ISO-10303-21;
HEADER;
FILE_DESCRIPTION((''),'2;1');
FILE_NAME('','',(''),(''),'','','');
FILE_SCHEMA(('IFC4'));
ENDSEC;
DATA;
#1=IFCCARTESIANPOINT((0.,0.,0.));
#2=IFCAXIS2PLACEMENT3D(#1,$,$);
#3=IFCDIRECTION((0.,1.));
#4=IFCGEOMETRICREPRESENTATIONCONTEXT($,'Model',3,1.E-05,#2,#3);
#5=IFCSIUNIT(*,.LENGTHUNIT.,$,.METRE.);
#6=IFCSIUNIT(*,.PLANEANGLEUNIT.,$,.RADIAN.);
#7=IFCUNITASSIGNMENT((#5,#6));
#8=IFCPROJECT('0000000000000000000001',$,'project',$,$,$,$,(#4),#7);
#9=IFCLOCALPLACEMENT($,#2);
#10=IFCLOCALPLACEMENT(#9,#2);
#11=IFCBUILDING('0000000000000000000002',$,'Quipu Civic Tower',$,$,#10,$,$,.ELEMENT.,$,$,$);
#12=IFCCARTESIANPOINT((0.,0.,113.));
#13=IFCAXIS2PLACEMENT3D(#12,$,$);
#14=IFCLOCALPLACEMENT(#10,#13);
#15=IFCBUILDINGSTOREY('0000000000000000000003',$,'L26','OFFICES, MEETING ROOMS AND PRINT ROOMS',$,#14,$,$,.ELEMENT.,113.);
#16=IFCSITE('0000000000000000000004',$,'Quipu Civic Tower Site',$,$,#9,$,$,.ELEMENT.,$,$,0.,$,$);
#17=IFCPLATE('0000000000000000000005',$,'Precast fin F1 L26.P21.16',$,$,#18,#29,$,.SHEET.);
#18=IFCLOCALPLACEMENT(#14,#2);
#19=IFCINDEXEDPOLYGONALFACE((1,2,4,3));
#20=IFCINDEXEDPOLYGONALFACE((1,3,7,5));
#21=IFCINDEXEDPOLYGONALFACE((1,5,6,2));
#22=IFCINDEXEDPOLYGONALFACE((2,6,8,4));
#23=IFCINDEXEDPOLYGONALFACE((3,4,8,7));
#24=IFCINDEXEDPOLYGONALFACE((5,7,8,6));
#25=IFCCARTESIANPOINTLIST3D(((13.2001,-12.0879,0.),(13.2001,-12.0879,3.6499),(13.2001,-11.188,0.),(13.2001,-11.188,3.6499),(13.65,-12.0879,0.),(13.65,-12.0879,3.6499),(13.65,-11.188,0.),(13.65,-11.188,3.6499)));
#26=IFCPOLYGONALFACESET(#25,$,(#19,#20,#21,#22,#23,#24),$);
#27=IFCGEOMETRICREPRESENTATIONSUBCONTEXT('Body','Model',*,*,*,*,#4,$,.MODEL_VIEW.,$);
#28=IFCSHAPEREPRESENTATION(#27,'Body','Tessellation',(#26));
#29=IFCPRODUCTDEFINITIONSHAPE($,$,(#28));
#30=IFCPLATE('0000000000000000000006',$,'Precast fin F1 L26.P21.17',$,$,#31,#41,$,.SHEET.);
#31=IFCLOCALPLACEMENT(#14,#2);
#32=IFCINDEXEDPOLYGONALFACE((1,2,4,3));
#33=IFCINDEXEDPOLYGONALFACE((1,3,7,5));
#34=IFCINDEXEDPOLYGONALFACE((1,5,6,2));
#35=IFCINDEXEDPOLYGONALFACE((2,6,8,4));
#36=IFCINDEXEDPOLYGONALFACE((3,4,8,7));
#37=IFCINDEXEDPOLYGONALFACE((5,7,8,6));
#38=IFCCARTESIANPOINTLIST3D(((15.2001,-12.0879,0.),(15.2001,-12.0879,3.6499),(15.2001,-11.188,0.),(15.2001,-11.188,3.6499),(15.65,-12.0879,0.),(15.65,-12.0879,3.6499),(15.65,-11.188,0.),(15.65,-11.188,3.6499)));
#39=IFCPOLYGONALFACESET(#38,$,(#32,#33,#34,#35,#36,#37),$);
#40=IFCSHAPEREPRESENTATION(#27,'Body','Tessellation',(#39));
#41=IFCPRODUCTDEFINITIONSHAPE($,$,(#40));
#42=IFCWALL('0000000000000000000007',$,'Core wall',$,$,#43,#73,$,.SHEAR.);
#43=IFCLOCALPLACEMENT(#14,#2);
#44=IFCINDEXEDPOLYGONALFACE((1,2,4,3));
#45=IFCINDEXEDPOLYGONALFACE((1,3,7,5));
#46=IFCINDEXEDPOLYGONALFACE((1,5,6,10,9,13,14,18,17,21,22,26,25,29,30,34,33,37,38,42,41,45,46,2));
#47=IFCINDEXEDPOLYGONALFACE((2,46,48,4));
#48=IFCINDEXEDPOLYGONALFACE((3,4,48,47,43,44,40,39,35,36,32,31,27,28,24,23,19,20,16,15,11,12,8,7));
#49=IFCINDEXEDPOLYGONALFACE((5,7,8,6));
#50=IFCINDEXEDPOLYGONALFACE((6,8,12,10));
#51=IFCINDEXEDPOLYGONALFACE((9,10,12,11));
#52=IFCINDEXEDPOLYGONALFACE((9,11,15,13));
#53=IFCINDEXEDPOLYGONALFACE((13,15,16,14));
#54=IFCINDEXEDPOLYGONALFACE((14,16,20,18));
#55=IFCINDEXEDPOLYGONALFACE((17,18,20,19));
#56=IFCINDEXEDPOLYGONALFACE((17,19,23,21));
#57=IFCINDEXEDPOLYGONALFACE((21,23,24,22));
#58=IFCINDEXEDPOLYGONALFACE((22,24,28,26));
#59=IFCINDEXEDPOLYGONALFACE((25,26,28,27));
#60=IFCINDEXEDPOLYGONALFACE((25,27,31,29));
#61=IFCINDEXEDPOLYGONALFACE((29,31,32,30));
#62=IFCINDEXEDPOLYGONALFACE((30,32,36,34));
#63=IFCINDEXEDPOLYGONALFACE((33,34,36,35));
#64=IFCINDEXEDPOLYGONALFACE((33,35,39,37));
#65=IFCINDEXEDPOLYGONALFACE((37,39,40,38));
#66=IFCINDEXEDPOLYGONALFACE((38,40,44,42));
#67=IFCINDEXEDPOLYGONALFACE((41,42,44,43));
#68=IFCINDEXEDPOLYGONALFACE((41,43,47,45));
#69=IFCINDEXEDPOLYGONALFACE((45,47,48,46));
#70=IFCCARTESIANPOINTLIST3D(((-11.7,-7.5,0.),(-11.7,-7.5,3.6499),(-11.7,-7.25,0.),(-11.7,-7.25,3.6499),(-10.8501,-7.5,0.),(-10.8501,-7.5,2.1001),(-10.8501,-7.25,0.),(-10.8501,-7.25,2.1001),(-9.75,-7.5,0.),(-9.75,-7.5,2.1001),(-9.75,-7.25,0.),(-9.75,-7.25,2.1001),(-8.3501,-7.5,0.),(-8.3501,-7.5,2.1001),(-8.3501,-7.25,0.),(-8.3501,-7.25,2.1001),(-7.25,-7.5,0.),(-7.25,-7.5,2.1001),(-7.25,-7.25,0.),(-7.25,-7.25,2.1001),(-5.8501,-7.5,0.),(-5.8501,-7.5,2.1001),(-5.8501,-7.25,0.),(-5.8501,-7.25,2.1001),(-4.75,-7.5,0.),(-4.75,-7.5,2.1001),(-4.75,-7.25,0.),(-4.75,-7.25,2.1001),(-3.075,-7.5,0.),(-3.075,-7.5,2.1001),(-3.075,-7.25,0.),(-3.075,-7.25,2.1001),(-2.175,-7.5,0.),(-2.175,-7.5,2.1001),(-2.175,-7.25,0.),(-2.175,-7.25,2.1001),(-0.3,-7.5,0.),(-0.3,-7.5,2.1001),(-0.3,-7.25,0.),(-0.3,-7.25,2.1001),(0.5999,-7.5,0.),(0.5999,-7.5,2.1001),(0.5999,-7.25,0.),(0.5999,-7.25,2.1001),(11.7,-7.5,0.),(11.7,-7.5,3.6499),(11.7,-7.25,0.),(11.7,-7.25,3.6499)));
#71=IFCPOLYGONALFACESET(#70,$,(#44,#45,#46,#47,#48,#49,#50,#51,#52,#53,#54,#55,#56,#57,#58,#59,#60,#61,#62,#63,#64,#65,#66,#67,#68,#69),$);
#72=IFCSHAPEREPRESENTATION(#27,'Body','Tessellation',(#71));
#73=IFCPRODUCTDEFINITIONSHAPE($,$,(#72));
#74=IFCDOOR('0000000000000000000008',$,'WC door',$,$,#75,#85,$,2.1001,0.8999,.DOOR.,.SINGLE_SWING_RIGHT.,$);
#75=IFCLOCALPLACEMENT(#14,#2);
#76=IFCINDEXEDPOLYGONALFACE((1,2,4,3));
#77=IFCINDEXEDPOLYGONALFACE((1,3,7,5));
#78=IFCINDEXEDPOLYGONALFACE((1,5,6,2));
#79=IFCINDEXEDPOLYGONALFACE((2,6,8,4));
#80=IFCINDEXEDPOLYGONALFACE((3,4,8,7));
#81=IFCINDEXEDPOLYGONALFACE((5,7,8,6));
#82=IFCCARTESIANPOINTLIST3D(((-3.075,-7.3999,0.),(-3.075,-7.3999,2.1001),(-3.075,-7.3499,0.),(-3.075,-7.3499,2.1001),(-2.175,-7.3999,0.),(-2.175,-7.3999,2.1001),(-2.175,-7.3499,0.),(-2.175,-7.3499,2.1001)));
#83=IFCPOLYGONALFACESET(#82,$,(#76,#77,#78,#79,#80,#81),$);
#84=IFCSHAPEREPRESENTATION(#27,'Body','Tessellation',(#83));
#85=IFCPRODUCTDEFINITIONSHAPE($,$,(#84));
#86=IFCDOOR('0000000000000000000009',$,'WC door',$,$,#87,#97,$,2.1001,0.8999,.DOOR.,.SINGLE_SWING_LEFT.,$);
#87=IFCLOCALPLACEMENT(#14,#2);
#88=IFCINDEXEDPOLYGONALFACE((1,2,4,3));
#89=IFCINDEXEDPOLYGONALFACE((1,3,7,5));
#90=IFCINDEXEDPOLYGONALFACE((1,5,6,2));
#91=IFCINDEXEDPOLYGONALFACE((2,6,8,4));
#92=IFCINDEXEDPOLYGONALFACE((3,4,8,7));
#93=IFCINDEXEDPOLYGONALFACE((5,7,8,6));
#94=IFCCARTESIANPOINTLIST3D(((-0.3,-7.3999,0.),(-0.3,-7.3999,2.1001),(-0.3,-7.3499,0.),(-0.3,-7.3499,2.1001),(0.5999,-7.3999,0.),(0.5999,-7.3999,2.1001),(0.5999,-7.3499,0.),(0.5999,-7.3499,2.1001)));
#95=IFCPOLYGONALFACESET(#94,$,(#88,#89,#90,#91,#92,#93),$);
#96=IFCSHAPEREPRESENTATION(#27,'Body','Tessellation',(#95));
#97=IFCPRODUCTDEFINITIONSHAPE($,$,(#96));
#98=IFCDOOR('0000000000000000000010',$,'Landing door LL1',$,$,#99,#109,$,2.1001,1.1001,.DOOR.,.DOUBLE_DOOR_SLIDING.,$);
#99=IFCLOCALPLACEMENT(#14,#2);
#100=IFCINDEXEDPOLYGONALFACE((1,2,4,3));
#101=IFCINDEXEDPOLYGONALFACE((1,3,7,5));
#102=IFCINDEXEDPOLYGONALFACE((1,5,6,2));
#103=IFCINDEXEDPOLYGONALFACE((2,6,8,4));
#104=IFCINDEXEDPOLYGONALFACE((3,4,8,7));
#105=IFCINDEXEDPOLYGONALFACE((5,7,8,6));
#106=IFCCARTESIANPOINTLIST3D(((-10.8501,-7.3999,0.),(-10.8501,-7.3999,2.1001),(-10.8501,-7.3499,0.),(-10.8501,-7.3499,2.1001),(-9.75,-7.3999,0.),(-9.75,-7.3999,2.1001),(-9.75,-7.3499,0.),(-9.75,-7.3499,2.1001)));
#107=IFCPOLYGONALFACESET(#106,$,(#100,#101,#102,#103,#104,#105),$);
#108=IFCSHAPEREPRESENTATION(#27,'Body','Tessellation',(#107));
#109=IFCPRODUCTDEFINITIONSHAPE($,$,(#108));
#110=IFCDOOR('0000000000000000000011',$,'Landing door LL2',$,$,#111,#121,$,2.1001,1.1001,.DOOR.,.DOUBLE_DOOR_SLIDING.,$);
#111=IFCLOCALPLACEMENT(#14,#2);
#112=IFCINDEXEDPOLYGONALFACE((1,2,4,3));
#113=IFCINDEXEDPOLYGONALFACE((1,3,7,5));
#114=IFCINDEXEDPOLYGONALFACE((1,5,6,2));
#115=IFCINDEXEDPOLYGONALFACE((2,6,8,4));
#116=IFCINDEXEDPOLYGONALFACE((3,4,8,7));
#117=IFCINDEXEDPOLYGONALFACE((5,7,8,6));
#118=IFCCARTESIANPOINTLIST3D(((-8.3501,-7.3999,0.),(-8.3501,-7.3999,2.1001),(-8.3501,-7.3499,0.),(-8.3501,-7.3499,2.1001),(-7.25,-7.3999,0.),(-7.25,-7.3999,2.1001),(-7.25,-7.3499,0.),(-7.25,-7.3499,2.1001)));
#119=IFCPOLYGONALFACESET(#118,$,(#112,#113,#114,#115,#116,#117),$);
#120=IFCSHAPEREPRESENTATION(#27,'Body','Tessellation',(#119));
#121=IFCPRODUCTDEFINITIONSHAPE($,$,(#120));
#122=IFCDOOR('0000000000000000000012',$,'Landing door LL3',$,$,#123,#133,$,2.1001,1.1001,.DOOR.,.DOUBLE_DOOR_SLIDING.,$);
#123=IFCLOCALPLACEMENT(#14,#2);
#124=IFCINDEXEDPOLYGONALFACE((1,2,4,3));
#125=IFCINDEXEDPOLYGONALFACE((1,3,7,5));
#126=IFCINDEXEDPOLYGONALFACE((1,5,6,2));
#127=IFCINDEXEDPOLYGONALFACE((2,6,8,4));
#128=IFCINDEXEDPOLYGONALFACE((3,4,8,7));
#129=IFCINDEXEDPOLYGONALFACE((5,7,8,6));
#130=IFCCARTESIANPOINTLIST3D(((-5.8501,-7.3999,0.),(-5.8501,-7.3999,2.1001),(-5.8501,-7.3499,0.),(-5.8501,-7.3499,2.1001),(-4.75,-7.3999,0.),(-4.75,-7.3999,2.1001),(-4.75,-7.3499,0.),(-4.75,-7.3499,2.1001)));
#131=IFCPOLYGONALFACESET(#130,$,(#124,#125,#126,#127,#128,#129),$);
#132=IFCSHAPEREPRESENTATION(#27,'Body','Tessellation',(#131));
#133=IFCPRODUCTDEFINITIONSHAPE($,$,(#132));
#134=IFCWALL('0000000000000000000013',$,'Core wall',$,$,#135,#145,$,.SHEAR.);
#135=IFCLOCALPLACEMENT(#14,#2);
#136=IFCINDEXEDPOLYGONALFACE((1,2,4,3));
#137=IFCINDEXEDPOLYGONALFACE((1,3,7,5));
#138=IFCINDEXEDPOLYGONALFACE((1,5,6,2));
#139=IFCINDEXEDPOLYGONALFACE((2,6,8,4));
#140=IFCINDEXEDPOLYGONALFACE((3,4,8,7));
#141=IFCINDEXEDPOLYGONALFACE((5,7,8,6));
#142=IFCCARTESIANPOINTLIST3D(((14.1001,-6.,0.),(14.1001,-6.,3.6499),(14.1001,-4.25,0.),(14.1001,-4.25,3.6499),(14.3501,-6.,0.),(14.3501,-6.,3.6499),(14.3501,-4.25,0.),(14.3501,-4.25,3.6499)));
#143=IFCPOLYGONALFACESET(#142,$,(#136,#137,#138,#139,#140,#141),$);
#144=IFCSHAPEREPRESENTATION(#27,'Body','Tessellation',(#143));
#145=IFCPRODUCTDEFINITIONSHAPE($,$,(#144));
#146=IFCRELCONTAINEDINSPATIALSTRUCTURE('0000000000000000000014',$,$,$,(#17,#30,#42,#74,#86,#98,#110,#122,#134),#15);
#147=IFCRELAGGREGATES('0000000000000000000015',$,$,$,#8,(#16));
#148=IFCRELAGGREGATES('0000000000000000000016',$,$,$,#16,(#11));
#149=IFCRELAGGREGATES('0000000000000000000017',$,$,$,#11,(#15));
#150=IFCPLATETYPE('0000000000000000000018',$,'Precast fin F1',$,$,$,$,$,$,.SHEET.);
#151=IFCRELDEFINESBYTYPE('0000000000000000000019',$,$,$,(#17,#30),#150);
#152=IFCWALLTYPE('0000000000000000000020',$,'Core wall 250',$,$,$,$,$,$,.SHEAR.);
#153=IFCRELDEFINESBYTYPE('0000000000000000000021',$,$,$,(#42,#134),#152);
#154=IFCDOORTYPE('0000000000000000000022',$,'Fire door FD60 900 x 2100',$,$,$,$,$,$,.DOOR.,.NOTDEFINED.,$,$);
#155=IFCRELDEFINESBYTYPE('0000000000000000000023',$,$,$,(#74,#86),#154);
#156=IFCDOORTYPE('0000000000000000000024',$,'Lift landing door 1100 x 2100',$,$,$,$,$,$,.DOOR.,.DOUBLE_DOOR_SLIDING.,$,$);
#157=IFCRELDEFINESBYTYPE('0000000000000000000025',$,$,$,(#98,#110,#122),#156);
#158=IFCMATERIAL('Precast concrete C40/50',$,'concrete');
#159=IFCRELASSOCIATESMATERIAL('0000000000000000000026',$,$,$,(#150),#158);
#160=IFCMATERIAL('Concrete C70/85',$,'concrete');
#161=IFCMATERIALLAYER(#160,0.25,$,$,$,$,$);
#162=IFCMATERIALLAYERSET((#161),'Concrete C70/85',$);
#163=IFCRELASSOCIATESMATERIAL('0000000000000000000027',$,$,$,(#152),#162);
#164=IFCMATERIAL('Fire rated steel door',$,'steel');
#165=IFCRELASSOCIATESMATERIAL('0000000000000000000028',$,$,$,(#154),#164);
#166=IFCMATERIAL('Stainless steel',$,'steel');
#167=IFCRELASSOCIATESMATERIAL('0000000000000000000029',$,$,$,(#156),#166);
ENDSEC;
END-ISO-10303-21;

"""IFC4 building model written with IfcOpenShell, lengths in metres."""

from ifc_helpers import new_model, si_unit, direction, frame, frame_2d, origin, origin_2d, place, context, subcontext, project, spatial, rectangle, extrude, material, layer, layer_set, type_object, element, fill, save


model = new_model("IFC4")

# Units and contexts
model_context = context("Model", 3, precision=1e-05, world=origin(), true_north=direction((0.0, 1.0)))
body_context = subcontext(model_context, "Body", "Model", "MODEL_VIEW")
ifc_project = project(units=[si_unit("LENGTHUNIT", "METRE"), si_unit("PLANEANGLEUNIT", "RADIAN")], contexts=[model_context])

# Site, building, storey
site_placement = place(None, origin())
site = spatial("IfcSite", under=ifc_project, at=site_placement, Name="Quipu Civic Tower Site", CompositionType="ELEMENT", RefElevation=0.0)
building_placement = place(site_placement, origin())
building = spatial("IfcBuilding", under=site, at=building_placement, Name="Quipu Civic Tower", CompositionType="ELEMENT")
storey_placement = place(building_placement, frame((0.0, 0.0, 113.0)))
storey = spatial("IfcBuildingStorey", under=building, at=storey_placement, Name="L26", Description="OFFICES, MEETING ROOMS AND PRINT ROOMS", CompositionType="ELEMENT", Elevation=113.0)

# Plates
ifc_material_1 = material(Name="Precast concrete C40/50", Category="concrete")
plate_type = type_object("IfcPlateType", Name="Precast fin F1", PredefinedType="SHEET", material=ifc_material_1)
for number, where, z_axis, x_axis, name in (
    (1, (13.425, -11.6379, 0.0), (0.0, 0.0, 1.0), (1.0, 0.0, 0.0), "Precast fin F1 L26.P21.16"),
    (2, (15.425, -11.6379, 0.0), (0.0, 0.0, 1.0), (1.0, 0.0, 0.0), "Precast fin F1 L26.P21.17"),
):
    element("IfcPlate", number, at=place(storey_placement, frame(where, z_axis=z_axis, x_axis=x_axis)), inside=storey, type_object=plate_type, Name=name, PredefinedType="SHEET", context=body_context, shape_type="SweptSolid", body=[
        extrude(rectangle(XDim=0.45, YDim=0.8999, at=origin_2d()), origin(), (0.0, 0.0, 1.0), 3.6499),
    ])

# Wall, openings, doors
ifc_material_2 = material(Name="Concrete C70/85", Category="concrete")
ifc_layer_1 = layer(ifc_material_2, 0.25)
ifc_layer_set_1 = layer_set([ifc_layer_1], Name="Concrete C70/85")
wall_type_1 = type_object("IfcWallType", Name="Core wall 250", PredefinedType="SHEAR", material=ifc_layer_set_1)
wall_1_placement = place(storey_placement, frame((11.7, -7.375, 0.0), z_axis=(0.0, 0.0, 1.0), x_axis=(-1.0, 0.0, 0.0)))
wall_1 = element("IfcWall", 3, at=wall_1_placement, inside=storey, type_object=wall_type_1, Name="Core wall", PredefinedType="SHEAR", context=body_context, shape_type="SweptSolid", body=[
    extrude(rectangle(XDim=23.3999, YDim=0.25, at=frame_2d((11.7, 0.0))), origin(), (0.0, 0.0, 1.0), 3.6499),
])
opening_1_placement = place(wall_1_placement, frame((21.45, 0.0, 0.0)))
opening_1 = element("IfcOpeningElement", 4, at=opening_1_placement, cuts=wall_1, PredefinedType="OPENING", context=body_context, shape_type="SweptSolid", body=[
    extrude(rectangle(XDim=1.1001, YDim=2.1001, at=frame_2d((0.55, 1.05))), frame((0.0, 0.135, 0.0), z_axis=(0.0, -1.0, 0.0), x_axis=(1.0, 0.0, 0.0)), (0.0, 0.0, 1.0), 0.27),
])
opening_2_placement = place(wall_1_placement, frame((18.95, 0.0, 0.0)))
opening_2 = element("IfcOpeningElement", 5, at=opening_2_placement, cuts=wall_1, PredefinedType="OPENING", context=body_context, shape_type="SweptSolid", body=[
    extrude(rectangle(XDim=1.1001, YDim=2.1001, at=frame_2d((0.55, 1.05))), frame((0.0, 0.135, 0.0), z_axis=(0.0, -1.0, 0.0), x_axis=(1.0, 0.0, 0.0)), (0.0, 0.0, 1.0), 0.27),
])
opening_3_placement = place(wall_1_placement, frame((16.45, 0.0, 0.0)))
opening_3 = element("IfcOpeningElement", 6, at=opening_3_placement, cuts=wall_1, PredefinedType="OPENING", context=body_context, shape_type="SweptSolid", body=[
    extrude(rectangle(XDim=1.1001, YDim=2.1001, at=frame_2d((0.55, 1.05))), frame((0.0, 0.135, 0.0), z_axis=(0.0, -1.0, 0.0), x_axis=(1.0, 0.0, 0.0)), (0.0, 0.0, 1.0), 0.27),
])
opening_4_placement = place(wall_1_placement, frame((13.875, 0.0, 0.0)))
opening_4 = element("IfcOpeningElement", 7, at=opening_4_placement, cuts=wall_1, PredefinedType="OPENING", context=body_context, shape_type="SweptSolid", body=[
    extrude(rectangle(XDim=0.8999, YDim=2.1001, at=frame_2d((0.45, 1.05))), frame((0.0, 0.135, 0.0), z_axis=(0.0, -1.0, 0.0), x_axis=(1.0, 0.0, 0.0)), (0.0, 0.0, 1.0), 0.27),
])
opening_5_placement = place(wall_1_placement, frame((11.1001, 0.0, 0.0)))
opening_5 = element("IfcOpeningElement", 8, at=opening_5_placement, cuts=wall_1, PredefinedType="OPENING", context=body_context, shape_type="SweptSolid", body=[
    extrude(rectangle(XDim=0.8999, YDim=2.1001, at=frame_2d((0.45, 1.05))), frame((0.0, 0.135, 0.0), z_axis=(0.0, -1.0, 0.0), x_axis=(1.0, 0.0, 0.0)), (0.0, 0.0, 1.0), 0.27),
])
ifc_material_3 = material(Name="Fire rated steel door", Category="steel")
door_type_1 = type_object("IfcDoorType", Name="Fire door FD60 900 x 2100", OperationType="NOTDEFINED", PredefinedType="DOOR", material=ifc_material_3)
door_1_placement = place(opening_4_placement, origin())
door_1 = element("IfcDoor", 9, at=door_1_placement, inside=storey, type_object=door_type_1, Name="WC door", OperationType="SINGLE_SWING_RIGHT", OverallHeight=2.1001, OverallWidth=0.8999, PredefinedType="DOOR", context=body_context, shape_type="SweptSolid", body=[
    extrude(rectangle(XDim=0.8999, YDim=2.1001, at=frame_2d((0.45, 1.05))), frame((0.0, 0.0249, 0.0), z_axis=(0.0, -1.0, 0.0), x_axis=(1.0, 0.0, 0.0)), (0.0, 0.0, 1.0), 0.05),
])
fill(opening_4, door_1)
door_2_placement = place(opening_5_placement, origin())
door_2 = element("IfcDoor", 10, at=door_2_placement, inside=storey, type_object=door_type_1, Name="WC door", OperationType="SINGLE_SWING_LEFT", OverallHeight=2.1001, OverallWidth=0.8999, PredefinedType="DOOR", context=body_context, shape_type="SweptSolid", body=[
    extrude(rectangle(XDim=0.8999, YDim=2.1001, at=frame_2d((0.45, 1.05))), frame((0.0, 0.0249, 0.0), z_axis=(0.0, -1.0, 0.0), x_axis=(1.0, 0.0, 0.0)), (0.0, 0.0, 1.0), 0.05),
])
fill(opening_5, door_2)
ifc_material_4 = material(Name="Stainless steel", Category="steel")
door_type_2 = type_object("IfcDoorType", Name="Lift landing door 1100 x 2100", OperationType="DOUBLE_DOOR_SLIDING", PredefinedType="DOOR", material=ifc_material_4)
door_3_placement = place(opening_1_placement, origin())
door_3 = element("IfcDoor", 11, at=door_3_placement, inside=storey, type_object=door_type_2, Name="Landing door LL1", OperationType="DOUBLE_DOOR_SLIDING", OverallHeight=2.1001, OverallWidth=1.1001, PredefinedType="DOOR", context=body_context, shape_type="SweptSolid", body=[
    extrude(rectangle(XDim=1.1001, YDim=2.1001, at=frame_2d((0.55, 1.05))), frame((0.0, 0.0249, 0.0), z_axis=(0.0, -1.0, 0.0), x_axis=(1.0, 0.0, 0.0)), (0.0, 0.0, 1.0), 0.05),
])
fill(opening_1, door_3)
door_4_placement = place(opening_2_placement, origin())
door_4 = element("IfcDoor", 12, at=door_4_placement, inside=storey, type_object=door_type_2, Name="Landing door LL2", OperationType="DOUBLE_DOOR_SLIDING", OverallHeight=2.1001, OverallWidth=1.1001, PredefinedType="DOOR", context=body_context, shape_type="SweptSolid", body=[
    extrude(rectangle(XDim=1.1001, YDim=2.1001, at=frame_2d((0.55, 1.05))), frame((0.0, 0.0249, 0.0), z_axis=(0.0, -1.0, 0.0), x_axis=(1.0, 0.0, 0.0)), (0.0, 0.0, 1.0), 0.05),
])
fill(opening_2, door_4)
door_5_placement = place(opening_3_placement, origin())
door_5 = element("IfcDoor", 13, at=door_5_placement, inside=storey, type_object=door_type_2, Name="Landing door LL3", OperationType="DOUBLE_DOOR_SLIDING", OverallHeight=2.1001, OverallWidth=1.1001, PredefinedType="DOOR", context=body_context, shape_type="SweptSolid", body=[
    extrude(rectangle(XDim=1.1001, YDim=2.1001, at=frame_2d((0.55, 1.05))), frame((0.0, 0.0249, 0.0), z_axis=(0.0, -1.0, 0.0), x_axis=(1.0, 0.0, 0.0)), (0.0, 0.0, 1.0), 0.05),
])
fill(opening_3, door_5)

# Wall
wall_2_placement = place(storey_placement, frame((14.2251, -6.0, 0.0), z_axis=(0.0, 0.0, 1.0), x_axis=(0.0, 1.0, 0.0)))
element("IfcWall", 14, at=wall_2_placement, inside=storey, type_object=wall_type_1, Name="Core wall", PredefinedType="SHEAR", context=body_context, shape_type="SweptSolid", body=[
    extrude(rectangle(XDim=1.75, YDim=0.25, at=frame_2d((0.875, 0.0))), origin(), (0.0, 0.0, 1.0), 3.6499),
])

save(model, "model.ifc")
